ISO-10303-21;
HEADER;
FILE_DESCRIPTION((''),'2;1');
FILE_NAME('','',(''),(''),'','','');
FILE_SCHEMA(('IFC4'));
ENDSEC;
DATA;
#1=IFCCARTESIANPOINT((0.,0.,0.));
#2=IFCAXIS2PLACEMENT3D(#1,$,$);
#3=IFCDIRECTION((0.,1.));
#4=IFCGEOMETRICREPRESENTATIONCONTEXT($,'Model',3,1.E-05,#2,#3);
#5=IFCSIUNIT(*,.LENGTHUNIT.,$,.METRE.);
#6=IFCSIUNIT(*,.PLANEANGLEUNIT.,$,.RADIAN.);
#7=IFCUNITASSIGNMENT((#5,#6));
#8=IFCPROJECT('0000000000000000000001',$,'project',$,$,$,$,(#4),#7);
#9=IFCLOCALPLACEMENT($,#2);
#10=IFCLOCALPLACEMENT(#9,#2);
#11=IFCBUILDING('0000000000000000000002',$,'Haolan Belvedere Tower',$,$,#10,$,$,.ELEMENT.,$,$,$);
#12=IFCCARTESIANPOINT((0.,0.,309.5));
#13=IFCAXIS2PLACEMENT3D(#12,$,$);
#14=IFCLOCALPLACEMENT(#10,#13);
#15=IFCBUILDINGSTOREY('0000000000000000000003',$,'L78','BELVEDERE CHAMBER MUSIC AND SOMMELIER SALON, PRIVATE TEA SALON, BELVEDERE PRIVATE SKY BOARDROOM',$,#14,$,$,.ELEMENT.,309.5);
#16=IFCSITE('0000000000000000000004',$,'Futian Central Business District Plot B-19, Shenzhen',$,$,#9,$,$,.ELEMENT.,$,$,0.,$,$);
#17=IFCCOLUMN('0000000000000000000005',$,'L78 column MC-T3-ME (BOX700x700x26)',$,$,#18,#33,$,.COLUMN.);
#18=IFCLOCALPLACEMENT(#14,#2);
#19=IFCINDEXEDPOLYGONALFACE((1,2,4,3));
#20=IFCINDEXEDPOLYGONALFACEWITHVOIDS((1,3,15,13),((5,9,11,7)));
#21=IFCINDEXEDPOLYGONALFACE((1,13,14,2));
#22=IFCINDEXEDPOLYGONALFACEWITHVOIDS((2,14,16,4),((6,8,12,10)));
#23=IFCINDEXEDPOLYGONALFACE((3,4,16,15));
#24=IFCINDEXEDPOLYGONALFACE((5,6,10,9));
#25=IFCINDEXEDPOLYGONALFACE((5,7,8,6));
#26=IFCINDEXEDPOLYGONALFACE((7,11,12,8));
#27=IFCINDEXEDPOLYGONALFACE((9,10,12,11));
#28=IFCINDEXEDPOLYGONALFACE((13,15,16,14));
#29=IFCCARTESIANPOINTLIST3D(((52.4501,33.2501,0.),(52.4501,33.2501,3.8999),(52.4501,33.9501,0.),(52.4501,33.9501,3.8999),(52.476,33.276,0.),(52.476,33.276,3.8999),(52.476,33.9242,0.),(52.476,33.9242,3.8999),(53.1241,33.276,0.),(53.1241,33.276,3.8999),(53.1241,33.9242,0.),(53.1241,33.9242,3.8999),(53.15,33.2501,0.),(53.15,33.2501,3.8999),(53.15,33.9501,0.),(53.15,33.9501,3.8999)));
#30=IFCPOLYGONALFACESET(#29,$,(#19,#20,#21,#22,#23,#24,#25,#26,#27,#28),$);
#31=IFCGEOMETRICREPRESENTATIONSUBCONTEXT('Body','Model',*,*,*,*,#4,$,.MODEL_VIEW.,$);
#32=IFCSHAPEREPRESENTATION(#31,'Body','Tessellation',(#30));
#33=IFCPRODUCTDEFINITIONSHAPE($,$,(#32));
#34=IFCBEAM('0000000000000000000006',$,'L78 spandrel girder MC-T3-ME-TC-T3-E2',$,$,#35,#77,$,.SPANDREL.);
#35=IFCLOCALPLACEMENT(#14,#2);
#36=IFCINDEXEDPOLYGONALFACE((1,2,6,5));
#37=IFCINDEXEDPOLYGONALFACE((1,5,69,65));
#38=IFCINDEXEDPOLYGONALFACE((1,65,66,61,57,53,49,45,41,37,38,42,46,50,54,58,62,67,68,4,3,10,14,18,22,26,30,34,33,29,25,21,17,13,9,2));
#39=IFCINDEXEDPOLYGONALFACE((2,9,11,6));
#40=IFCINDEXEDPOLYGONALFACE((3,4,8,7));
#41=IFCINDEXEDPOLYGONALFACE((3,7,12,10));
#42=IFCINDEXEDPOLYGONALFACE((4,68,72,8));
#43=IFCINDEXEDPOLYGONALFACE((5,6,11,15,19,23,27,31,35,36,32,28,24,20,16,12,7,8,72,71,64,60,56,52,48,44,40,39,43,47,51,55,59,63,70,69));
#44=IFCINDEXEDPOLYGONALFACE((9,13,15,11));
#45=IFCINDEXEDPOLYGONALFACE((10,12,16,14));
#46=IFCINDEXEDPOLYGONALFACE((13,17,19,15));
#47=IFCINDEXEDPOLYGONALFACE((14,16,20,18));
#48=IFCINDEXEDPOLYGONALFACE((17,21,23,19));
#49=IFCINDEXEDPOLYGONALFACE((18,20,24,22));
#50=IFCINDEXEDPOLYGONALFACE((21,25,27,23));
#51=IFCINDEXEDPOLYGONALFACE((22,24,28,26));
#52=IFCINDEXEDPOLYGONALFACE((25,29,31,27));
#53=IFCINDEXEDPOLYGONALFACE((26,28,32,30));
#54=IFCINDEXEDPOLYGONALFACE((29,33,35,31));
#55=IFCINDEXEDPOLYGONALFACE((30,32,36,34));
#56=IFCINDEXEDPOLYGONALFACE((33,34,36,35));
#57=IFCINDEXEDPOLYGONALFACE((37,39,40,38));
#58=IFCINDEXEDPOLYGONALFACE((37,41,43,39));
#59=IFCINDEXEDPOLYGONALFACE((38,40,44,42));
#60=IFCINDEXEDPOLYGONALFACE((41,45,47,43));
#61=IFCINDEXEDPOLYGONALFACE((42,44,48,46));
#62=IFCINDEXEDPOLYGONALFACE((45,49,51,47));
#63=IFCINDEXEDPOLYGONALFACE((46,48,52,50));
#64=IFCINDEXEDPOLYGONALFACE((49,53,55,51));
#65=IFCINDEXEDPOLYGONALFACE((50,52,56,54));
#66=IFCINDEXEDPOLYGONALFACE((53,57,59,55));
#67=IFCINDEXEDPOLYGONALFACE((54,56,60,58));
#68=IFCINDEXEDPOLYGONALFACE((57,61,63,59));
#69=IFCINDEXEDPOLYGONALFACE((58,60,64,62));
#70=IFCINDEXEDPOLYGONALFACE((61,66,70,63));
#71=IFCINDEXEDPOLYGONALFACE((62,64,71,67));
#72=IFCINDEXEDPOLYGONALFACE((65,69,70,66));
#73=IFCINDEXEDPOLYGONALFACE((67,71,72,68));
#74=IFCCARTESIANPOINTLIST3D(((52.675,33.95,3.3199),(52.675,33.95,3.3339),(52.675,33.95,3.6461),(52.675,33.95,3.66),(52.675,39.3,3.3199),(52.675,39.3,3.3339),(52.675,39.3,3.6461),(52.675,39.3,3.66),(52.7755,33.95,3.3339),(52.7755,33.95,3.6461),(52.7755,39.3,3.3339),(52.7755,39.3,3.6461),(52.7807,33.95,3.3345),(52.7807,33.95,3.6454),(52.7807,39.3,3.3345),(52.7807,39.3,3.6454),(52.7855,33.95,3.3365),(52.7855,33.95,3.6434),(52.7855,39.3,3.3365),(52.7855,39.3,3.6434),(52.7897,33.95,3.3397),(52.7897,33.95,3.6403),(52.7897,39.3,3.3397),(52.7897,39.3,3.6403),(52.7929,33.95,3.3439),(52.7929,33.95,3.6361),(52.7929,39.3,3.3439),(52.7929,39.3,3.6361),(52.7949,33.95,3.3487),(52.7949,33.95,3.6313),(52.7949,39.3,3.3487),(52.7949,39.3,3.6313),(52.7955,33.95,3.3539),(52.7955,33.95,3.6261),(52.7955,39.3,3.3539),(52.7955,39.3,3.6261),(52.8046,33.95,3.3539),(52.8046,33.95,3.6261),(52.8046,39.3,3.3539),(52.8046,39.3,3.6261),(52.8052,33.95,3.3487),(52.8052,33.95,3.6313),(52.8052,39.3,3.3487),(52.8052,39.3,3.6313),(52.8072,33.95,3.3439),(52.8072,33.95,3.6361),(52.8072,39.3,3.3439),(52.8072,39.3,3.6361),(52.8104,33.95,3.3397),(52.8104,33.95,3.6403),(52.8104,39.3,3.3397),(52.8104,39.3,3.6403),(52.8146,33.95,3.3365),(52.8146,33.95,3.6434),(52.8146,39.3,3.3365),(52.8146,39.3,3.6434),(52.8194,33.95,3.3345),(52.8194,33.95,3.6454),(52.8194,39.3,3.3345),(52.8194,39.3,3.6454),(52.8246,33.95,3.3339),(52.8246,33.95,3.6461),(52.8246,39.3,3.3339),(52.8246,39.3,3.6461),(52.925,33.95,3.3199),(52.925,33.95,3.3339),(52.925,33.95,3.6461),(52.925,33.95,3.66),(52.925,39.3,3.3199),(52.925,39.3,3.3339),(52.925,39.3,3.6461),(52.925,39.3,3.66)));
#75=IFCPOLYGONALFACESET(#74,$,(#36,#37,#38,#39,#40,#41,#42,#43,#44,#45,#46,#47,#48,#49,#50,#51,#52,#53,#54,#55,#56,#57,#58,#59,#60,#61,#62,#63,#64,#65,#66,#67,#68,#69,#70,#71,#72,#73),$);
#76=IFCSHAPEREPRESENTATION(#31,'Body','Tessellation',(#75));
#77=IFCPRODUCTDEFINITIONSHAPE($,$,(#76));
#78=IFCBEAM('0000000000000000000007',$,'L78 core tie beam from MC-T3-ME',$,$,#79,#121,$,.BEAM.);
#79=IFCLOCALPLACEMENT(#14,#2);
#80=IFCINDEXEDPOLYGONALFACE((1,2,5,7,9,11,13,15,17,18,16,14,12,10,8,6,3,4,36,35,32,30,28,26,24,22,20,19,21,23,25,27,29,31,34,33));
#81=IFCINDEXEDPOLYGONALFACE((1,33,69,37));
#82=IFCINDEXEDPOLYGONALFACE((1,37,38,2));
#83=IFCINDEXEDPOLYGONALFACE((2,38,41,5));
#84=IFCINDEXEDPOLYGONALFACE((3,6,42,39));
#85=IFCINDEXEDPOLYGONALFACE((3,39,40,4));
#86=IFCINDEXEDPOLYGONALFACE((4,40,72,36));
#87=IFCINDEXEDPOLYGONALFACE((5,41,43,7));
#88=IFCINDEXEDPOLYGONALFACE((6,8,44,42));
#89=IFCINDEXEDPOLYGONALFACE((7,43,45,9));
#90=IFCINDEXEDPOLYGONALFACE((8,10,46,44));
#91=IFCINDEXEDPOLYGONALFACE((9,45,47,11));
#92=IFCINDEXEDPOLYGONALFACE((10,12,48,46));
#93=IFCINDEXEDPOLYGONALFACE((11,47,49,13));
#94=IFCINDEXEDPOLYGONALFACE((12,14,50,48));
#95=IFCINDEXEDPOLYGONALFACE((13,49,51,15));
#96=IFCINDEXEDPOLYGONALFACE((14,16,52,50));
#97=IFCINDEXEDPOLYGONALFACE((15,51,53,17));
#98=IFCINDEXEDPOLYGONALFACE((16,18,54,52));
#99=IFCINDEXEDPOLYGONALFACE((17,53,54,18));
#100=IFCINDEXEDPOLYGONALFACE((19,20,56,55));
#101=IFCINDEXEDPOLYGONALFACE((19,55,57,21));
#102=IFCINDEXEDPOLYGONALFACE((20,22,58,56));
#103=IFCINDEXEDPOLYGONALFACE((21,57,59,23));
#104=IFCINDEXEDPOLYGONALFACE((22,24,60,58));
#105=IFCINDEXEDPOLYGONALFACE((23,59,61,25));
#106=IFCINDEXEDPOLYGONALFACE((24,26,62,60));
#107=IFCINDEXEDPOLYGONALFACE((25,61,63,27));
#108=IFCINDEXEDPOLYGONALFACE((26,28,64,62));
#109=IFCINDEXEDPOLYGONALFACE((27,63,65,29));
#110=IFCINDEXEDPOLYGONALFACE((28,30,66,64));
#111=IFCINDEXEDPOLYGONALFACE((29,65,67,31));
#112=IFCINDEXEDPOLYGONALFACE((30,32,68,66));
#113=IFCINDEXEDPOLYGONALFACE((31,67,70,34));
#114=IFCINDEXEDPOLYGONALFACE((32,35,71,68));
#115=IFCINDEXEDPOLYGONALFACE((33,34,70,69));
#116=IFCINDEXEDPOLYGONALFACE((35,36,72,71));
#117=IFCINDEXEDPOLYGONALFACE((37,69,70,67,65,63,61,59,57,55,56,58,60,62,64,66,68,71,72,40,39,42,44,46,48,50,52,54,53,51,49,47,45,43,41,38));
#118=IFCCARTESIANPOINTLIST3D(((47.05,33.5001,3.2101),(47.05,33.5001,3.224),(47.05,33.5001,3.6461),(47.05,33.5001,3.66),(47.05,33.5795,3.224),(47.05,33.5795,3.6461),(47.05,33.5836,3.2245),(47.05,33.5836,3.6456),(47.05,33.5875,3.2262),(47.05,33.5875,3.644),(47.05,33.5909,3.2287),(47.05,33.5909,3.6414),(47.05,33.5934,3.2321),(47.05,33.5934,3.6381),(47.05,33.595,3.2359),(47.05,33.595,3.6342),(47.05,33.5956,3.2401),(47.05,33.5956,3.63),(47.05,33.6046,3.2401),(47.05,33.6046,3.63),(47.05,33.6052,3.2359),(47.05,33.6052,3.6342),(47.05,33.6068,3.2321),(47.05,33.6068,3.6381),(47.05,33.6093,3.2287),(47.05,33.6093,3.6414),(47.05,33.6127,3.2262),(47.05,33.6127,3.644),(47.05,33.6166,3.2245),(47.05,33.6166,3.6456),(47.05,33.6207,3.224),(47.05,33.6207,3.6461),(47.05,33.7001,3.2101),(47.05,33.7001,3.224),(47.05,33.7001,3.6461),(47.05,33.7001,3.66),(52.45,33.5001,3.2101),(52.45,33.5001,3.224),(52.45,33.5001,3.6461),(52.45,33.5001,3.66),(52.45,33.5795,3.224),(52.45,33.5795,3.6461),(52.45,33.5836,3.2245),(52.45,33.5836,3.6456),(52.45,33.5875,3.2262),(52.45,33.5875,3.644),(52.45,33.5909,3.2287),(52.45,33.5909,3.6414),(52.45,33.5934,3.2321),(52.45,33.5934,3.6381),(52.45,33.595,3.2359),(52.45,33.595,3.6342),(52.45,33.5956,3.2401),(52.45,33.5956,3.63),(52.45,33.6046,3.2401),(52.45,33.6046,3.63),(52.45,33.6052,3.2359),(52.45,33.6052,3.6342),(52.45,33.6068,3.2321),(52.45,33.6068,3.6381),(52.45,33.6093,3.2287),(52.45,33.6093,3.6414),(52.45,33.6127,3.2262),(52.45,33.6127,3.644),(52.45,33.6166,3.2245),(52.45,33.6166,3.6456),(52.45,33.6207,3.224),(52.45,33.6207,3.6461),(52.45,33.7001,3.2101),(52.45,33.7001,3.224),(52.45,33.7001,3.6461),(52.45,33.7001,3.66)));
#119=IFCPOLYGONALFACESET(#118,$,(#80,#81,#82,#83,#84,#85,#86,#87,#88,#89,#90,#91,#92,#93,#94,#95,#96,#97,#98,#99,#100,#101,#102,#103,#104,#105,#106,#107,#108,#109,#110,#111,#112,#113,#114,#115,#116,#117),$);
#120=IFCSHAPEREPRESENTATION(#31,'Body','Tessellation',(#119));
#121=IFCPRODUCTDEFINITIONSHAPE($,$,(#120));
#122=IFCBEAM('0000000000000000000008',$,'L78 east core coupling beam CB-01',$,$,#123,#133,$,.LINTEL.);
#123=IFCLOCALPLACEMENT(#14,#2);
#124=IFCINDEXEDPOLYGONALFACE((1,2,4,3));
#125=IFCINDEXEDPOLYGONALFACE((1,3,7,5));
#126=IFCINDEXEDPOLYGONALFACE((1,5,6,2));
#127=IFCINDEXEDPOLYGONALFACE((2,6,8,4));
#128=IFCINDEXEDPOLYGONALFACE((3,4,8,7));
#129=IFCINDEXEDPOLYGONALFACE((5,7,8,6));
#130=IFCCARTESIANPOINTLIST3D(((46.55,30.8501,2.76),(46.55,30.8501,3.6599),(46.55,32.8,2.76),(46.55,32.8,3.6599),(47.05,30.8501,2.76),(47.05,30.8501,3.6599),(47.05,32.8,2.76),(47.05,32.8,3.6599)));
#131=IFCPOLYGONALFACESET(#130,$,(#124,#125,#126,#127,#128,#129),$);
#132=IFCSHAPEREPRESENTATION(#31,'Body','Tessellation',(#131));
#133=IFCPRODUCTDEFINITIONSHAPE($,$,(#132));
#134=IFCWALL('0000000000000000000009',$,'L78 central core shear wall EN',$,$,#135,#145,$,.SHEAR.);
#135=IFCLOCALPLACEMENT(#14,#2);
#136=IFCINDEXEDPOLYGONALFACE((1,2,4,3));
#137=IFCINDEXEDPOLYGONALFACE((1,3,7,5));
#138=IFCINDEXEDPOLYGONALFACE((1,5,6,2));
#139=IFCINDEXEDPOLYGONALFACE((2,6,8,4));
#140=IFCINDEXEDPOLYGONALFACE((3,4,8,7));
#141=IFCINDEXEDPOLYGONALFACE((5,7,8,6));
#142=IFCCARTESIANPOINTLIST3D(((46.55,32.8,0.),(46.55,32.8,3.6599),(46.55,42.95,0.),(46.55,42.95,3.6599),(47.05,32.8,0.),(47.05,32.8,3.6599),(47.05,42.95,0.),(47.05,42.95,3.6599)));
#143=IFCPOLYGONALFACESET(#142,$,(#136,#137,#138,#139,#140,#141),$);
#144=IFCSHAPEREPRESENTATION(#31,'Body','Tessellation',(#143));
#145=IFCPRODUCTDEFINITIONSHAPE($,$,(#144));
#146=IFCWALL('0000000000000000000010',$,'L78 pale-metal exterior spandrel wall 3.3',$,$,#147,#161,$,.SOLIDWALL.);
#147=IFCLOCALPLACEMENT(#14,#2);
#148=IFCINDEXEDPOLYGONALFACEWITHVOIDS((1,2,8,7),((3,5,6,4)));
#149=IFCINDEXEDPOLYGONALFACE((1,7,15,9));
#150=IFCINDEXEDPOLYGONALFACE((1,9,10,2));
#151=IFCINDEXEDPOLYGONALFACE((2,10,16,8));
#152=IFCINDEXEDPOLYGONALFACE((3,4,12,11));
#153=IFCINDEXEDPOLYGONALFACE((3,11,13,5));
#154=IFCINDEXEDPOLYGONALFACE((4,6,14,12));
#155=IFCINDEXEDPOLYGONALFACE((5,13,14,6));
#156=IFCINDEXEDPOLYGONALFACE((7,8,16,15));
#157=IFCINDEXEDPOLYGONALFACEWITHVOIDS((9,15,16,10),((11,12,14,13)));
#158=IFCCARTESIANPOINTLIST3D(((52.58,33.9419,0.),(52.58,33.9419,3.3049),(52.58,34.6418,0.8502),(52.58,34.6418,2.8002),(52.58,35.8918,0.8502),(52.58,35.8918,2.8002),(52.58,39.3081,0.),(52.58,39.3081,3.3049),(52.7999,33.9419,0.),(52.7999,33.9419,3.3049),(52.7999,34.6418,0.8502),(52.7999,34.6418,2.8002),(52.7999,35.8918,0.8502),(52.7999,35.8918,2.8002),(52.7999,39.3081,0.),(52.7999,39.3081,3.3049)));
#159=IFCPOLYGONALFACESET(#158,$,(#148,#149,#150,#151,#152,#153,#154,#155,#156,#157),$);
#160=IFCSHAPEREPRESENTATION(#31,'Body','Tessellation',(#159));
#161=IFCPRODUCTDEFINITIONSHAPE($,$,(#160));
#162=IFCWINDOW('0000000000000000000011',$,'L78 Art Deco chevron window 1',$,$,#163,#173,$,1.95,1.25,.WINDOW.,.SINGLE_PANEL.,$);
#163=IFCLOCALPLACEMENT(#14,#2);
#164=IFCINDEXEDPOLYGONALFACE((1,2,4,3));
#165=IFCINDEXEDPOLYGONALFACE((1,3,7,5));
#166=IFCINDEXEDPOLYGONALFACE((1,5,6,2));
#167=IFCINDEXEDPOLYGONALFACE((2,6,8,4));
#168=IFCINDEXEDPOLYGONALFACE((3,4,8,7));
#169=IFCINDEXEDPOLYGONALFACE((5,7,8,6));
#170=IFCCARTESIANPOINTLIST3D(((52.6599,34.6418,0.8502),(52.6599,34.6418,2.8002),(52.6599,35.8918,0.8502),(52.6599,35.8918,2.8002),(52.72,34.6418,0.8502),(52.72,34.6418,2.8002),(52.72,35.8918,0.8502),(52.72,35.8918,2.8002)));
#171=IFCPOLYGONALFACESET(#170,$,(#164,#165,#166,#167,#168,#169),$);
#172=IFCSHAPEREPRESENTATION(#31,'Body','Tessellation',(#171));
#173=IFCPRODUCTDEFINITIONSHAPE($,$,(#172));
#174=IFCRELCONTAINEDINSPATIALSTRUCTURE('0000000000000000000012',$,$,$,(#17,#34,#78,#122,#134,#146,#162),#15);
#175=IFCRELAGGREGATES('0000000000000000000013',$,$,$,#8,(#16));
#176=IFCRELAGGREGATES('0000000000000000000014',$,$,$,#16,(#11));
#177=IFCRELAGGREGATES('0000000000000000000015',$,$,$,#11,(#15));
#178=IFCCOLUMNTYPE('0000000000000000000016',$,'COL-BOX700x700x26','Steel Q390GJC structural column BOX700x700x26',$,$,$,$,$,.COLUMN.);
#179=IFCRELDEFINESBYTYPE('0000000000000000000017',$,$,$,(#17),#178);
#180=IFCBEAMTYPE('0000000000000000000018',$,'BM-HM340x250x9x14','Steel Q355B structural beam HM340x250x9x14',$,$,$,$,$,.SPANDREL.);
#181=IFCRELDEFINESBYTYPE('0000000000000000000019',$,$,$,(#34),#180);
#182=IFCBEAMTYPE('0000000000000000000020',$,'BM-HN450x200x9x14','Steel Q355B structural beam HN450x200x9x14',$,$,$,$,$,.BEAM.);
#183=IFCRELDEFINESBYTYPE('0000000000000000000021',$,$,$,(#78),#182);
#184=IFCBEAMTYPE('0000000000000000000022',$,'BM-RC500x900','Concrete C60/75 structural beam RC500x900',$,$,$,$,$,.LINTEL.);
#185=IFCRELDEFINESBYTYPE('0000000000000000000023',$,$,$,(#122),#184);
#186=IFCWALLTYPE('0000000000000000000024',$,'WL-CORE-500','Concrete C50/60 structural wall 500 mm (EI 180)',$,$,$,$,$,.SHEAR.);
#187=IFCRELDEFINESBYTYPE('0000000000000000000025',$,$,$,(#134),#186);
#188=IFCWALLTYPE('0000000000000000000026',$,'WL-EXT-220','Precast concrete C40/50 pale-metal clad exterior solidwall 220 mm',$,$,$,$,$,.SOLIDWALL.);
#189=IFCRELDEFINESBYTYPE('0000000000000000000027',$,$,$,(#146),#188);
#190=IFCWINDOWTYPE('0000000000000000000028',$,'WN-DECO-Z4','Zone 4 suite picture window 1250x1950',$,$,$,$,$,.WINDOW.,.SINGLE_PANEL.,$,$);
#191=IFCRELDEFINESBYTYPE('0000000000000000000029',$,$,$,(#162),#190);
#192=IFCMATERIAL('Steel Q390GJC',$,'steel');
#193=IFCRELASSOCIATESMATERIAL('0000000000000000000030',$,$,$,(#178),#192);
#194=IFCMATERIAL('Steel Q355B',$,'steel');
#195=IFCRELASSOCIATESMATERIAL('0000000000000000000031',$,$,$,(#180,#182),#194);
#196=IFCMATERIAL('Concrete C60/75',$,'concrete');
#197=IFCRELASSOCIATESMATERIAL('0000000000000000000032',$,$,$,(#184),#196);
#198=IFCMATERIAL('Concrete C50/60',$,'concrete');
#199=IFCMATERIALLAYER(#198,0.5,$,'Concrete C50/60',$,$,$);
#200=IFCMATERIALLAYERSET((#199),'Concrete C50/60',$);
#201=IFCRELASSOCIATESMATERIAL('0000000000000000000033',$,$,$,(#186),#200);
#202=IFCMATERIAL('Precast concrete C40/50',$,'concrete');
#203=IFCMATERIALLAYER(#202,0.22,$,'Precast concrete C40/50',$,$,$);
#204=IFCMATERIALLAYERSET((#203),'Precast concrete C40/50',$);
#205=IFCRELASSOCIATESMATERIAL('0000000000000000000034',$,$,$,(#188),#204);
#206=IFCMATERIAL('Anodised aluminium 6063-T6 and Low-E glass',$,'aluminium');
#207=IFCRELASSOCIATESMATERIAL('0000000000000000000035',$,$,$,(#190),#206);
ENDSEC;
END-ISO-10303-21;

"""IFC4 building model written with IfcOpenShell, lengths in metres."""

from ifc_helpers import new_model, si_unit, direction, frame, frame_2d, origin, origin_2d, place, context, subcontext, project, spatial, rectangle, hollow_rectangle, i_section, extrude, material, layer, layer_set, material_profile, profile_set, type_object, element, fill, save


model = new_model("IFC4")

# Units and contexts
model_context = context("Model", 3, precision=1e-05, world=origin(), true_north=direction((0.0, 1.0)))
body_context = subcontext(model_context, "Body", "Model", "MODEL_VIEW")
ifc_project = project(units=[si_unit("LENGTHUNIT", "METRE"), si_unit("PLANEANGLEUNIT", "RADIAN")], contexts=[model_context])

# Site, building, storey
site_placement = place(None, origin())
site = spatial("IfcSite", under=ifc_project, at=site_placement, Name="Futian Central Business District Plot B-19, Shenzhen", CompositionType="ELEMENT", RefElevation=0.0)
building_placement = place(site_placement, origin())
building = spatial("IfcBuilding", under=site, at=building_placement, Name="Haolan Belvedere Tower", CompositionType="ELEMENT")
storey_placement = place(building_placement, frame((0.0, 0.0, 309.5)))
storey = spatial("IfcBuildingStorey", under=building, at=storey_placement, Name="L78", Description="BELVEDERE CHAMBER MUSIC AND SOMMELIER SALON, PRIVATE TEA SALON, BELVEDERE PRIVATE SKY BOARDROOM", CompositionType="ELEMENT", Elevation=309.5)

# Column
ifc_material_1 = material(Name="Steel Q390GJC", Category="steel")
ifc_material_profile_1 = material_profile(ifc_material_1, hollow_rectangle(XDim=0.7, YDim=0.7, WallThickness=0.0259, at=origin_2d()), Name="Steel Q390GJC")
ifc_profile_set_1 = profile_set([ifc_material_profile_1], Name="Steel Q390GJC")
column_type = type_object("IfcColumnType", Name="COL-BOX700x700x26", Description="Steel Q390GJC structural column BOX700x700x26", PredefinedType="COLUMN", material=ifc_profile_set_1)
column_placement = place(storey_placement, frame((52.8, 33.6001, 0.0), z_axis=(0.0, 0.0, 1.0), x_axis=(1.0, 0.0, 0.0)))
element("IfcColumn", 1, at=column_placement, inside=storey, type_object=column_type, Name="L78 column MC-T3-ME (BOX700x700x26)", PredefinedType="COLUMN", context=body_context, shape_type="SweptSolid", body=[
    extrude(hollow_rectangle(XDim=0.7, YDim=0.7, WallThickness=0.0259, at=origin_2d()), origin(), (0.0, 0.0, 1.0), 3.8999),
])

# Beams
ifc_material_2 = material(Name="Steel Q355B", Category="steel")
ifc_material_profile_2 = material_profile(ifc_material_2, i_section(OverallWidth=0.25, OverallDepth=0.3401, WebThickness=0.009, FlangeThickness=0.0139, FilletRadius=0.02, at=origin_2d()), Name="Steel Q355B")
ifc_profile_set_2 = profile_set([ifc_material_profile_2], Name="Steel Q355B")
beam_type_1 = type_object("IfcBeamType", Name="BM-HM340x250x9x14", Description="Steel Q355B structural beam HM340x250x9x14", PredefinedType="SPANDREL", material=ifc_profile_set_2)
beam_1_placement = place(storey_placement, frame((52.8, 33.95, 3.49), z_axis=(0.0, 1.0, 0.0), x_axis=(-1.0, 0.0, 0.0)))
element("IfcBeam", 2, at=beam_1_placement, inside=storey, type_object=beam_type_1, Name="L78 spandrel girder MC-T3-ME-TC-T3-E2", PredefinedType="SPANDREL", context=body_context, shape_type="SweptSolid", body=[
    extrude(i_section(OverallWidth=0.25, OverallDepth=0.3401, WebThickness=0.009, FlangeThickness=0.0139, FilletRadius=0.02, at=origin_2d()), origin(), (0.0, 0.0, 1.0), 5.3501),
])
ifc_material_profile_3 = material_profile(ifc_material_2, i_section(OverallWidth=0.2, OverallDepth=0.45, WebThickness=0.009, FlangeThickness=0.0139, FilletRadius=0.0161, at=origin_2d()), Name="Steel Q355B")
ifc_profile_set_3 = profile_set([ifc_material_profile_3], Name="Steel Q355B")
beam_type_2 = type_object("IfcBeamType", Name="BM-HN450x200x9x14", Description="Steel Q355B structural beam HN450x200x9x14", PredefinedType="BEAM", material=ifc_profile_set_3)
beam_2_placement = place(storey_placement, frame((52.45, 33.6001, 3.4351), z_axis=(-1.0, 0.0, 0.0), x_axis=(0.0, -1.0, 0.0)))
element("IfcBeam", 3, at=beam_2_placement, inside=storey, type_object=beam_type_2, Name="L78 core tie beam from MC-T3-ME", PredefinedType="BEAM", context=body_context, shape_type="SweptSolid", body=[
    extrude(i_section(OverallWidth=0.2, OverallDepth=0.45, WebThickness=0.009, FlangeThickness=0.0139, FilletRadius=0.0161, at=origin_2d()), origin(), (0.0, 0.0, 1.0), 5.3999),
])
ifc_material_3 = material(Name="Concrete C60/75", Category="concrete")
ifc_material_profile_4 = material_profile(ifc_material_3, rectangle(XDim=0.5, YDim=0.8999, at=origin_2d()), Name="Concrete C60/75")
ifc_profile_set_4 = profile_set([ifc_material_profile_4], Name="Concrete C60/75")
beam_type_3 = type_object("IfcBeamType", Name="BM-RC500x900", Description="Concrete C60/75 structural beam RC500x900", PredefinedType="LINTEL", material=ifc_profile_set_4)
beam_3_placement = place(storey_placement, frame((46.8, 30.8501, 3.21), z_axis=(0.0, 1.0, 0.0), x_axis=(-1.0, 0.0, 0.0)))
element("IfcBeam", 4, at=beam_3_placement, inside=storey, type_object=beam_type_3, Name="L78 east core coupling beam CB-01", PredefinedType="LINTEL", context=body_context, shape_type="SweptSolid", body=[
    extrude(rectangle(XDim=0.5, YDim=0.8999, at=origin_2d()), origin(), (0.0, 0.0, 1.0), 1.95),
])

# Wall
ifc_material_4 = material(Name="Concrete C50/60", Category="concrete")
ifc_layer_1 = layer(ifc_material_4, 0.5, Name="Concrete C50/60")
ifc_layer_set_1 = layer_set([ifc_layer_1], Name="Concrete C50/60")
wall_type_1 = type_object("IfcWallType", Name="WL-CORE-500", Description="Concrete C50/60 structural wall 500 mm (EI 180)", PredefinedType="SHEAR", material=ifc_layer_set_1)
wall_1_placement = place(storey_placement, frame((46.8, 32.8, 0.0), z_axis=(0.0, 0.0, 1.0), x_axis=(0.0, 1.0, 0.0)))
element("IfcWall", 5, at=wall_1_placement, inside=storey, type_object=wall_type_1, Name="L78 central core shear wall EN", PredefinedType="SHEAR", context=body_context, shape_type="SweptSolid", body=[
    extrude(rectangle(XDim=10.1499, YDim=0.5, at=frame_2d((5.075, 0.0))), origin(), (0.0, 0.0, 1.0), 3.6599),
])

# Wall, opening, window
ifc_material_5 = material(Name="Precast concrete C40/50", Category="concrete")
ifc_layer_2 = layer(ifc_material_5, 0.22, Name="Precast concrete C40/50")
ifc_layer_set_2 = layer_set([ifc_layer_2], Name="Precast concrete C40/50")
wall_type_2 = type_object("IfcWallType", Name="WL-EXT-220", Description="Precast concrete C40/50 pale-metal clad exterior solidwall 220 mm", PredefinedType="SOLIDWALL", material=ifc_layer_set_2)
wall_2_placement = place(storey_placement, frame((52.6899, 33.9419, 0.0), z_axis=(0.0, 0.0, 1.0), x_axis=(0.0, 1.0, 0.0)))
wall_2 = element("IfcWall", 6, at=wall_2_placement, inside=storey, type_object=wall_type_2, Name="L78 pale-metal exterior spandrel wall 3.3", PredefinedType="SOLIDWALL", context=body_context, shape_type="SweptSolid", body=[
    extrude(rectangle(XDim=5.3662, YDim=0.22, at=frame_2d((2.6831, 0.0))), origin(), (0.0, 0.0, 1.0), 3.3049),
])
opening_1_placement = place(wall_2_placement, frame((0.7, 0.0, 0.8501)))
opening_1 = element("IfcOpeningElement", 7, at=opening_1_placement, cuts=wall_2, PredefinedType="OPENING", context=body_context, shape_type="SweptSolid", body=[
    extrude(rectangle(XDim=1.25, YDim=1.95, at=frame_2d((0.625, 0.9751))), frame((0.0, 0.1199, 0.0), z_axis=(0.0, -1.0, 0.0), x_axis=(1.0, 0.0, 0.0)), (0.0, 0.0, 1.0), 0.24),
])
ifc_material_6 = material(Name="Anodised aluminium 6063-T6 and Low-E glass", Category="aluminium")
window_type = type_object("IfcWindowType", Name="WN-DECO-Z4", Description="Zone 4 suite picture window 1250x1950", PartitioningType="SINGLE_PANEL", PredefinedType="WINDOW", material=ifc_material_6)
window_placement = place(opening_1_placement, origin())
window = element("IfcWindow", 8, at=window_placement, inside=storey, type_object=window_type, Name="L78 Art Deco chevron window 1", OverallHeight=1.95, OverallWidth=1.25, PartitioningType="SINGLE_PANEL", PredefinedType="WINDOW", context=body_context, shape_type="SweptSolid", body=[
    extrude(rectangle(XDim=1.25, YDim=1.95, at=frame_2d((0.625, 0.9751))), frame((0.0, 0.03, 0.0), z_axis=(0.0, -1.0, 0.0), x_axis=(1.0, 0.0, 0.0)), (0.0, 0.0, 1.0), 0.0601),
])
fill(opening_1, window)

save(model, "model.ifc")
